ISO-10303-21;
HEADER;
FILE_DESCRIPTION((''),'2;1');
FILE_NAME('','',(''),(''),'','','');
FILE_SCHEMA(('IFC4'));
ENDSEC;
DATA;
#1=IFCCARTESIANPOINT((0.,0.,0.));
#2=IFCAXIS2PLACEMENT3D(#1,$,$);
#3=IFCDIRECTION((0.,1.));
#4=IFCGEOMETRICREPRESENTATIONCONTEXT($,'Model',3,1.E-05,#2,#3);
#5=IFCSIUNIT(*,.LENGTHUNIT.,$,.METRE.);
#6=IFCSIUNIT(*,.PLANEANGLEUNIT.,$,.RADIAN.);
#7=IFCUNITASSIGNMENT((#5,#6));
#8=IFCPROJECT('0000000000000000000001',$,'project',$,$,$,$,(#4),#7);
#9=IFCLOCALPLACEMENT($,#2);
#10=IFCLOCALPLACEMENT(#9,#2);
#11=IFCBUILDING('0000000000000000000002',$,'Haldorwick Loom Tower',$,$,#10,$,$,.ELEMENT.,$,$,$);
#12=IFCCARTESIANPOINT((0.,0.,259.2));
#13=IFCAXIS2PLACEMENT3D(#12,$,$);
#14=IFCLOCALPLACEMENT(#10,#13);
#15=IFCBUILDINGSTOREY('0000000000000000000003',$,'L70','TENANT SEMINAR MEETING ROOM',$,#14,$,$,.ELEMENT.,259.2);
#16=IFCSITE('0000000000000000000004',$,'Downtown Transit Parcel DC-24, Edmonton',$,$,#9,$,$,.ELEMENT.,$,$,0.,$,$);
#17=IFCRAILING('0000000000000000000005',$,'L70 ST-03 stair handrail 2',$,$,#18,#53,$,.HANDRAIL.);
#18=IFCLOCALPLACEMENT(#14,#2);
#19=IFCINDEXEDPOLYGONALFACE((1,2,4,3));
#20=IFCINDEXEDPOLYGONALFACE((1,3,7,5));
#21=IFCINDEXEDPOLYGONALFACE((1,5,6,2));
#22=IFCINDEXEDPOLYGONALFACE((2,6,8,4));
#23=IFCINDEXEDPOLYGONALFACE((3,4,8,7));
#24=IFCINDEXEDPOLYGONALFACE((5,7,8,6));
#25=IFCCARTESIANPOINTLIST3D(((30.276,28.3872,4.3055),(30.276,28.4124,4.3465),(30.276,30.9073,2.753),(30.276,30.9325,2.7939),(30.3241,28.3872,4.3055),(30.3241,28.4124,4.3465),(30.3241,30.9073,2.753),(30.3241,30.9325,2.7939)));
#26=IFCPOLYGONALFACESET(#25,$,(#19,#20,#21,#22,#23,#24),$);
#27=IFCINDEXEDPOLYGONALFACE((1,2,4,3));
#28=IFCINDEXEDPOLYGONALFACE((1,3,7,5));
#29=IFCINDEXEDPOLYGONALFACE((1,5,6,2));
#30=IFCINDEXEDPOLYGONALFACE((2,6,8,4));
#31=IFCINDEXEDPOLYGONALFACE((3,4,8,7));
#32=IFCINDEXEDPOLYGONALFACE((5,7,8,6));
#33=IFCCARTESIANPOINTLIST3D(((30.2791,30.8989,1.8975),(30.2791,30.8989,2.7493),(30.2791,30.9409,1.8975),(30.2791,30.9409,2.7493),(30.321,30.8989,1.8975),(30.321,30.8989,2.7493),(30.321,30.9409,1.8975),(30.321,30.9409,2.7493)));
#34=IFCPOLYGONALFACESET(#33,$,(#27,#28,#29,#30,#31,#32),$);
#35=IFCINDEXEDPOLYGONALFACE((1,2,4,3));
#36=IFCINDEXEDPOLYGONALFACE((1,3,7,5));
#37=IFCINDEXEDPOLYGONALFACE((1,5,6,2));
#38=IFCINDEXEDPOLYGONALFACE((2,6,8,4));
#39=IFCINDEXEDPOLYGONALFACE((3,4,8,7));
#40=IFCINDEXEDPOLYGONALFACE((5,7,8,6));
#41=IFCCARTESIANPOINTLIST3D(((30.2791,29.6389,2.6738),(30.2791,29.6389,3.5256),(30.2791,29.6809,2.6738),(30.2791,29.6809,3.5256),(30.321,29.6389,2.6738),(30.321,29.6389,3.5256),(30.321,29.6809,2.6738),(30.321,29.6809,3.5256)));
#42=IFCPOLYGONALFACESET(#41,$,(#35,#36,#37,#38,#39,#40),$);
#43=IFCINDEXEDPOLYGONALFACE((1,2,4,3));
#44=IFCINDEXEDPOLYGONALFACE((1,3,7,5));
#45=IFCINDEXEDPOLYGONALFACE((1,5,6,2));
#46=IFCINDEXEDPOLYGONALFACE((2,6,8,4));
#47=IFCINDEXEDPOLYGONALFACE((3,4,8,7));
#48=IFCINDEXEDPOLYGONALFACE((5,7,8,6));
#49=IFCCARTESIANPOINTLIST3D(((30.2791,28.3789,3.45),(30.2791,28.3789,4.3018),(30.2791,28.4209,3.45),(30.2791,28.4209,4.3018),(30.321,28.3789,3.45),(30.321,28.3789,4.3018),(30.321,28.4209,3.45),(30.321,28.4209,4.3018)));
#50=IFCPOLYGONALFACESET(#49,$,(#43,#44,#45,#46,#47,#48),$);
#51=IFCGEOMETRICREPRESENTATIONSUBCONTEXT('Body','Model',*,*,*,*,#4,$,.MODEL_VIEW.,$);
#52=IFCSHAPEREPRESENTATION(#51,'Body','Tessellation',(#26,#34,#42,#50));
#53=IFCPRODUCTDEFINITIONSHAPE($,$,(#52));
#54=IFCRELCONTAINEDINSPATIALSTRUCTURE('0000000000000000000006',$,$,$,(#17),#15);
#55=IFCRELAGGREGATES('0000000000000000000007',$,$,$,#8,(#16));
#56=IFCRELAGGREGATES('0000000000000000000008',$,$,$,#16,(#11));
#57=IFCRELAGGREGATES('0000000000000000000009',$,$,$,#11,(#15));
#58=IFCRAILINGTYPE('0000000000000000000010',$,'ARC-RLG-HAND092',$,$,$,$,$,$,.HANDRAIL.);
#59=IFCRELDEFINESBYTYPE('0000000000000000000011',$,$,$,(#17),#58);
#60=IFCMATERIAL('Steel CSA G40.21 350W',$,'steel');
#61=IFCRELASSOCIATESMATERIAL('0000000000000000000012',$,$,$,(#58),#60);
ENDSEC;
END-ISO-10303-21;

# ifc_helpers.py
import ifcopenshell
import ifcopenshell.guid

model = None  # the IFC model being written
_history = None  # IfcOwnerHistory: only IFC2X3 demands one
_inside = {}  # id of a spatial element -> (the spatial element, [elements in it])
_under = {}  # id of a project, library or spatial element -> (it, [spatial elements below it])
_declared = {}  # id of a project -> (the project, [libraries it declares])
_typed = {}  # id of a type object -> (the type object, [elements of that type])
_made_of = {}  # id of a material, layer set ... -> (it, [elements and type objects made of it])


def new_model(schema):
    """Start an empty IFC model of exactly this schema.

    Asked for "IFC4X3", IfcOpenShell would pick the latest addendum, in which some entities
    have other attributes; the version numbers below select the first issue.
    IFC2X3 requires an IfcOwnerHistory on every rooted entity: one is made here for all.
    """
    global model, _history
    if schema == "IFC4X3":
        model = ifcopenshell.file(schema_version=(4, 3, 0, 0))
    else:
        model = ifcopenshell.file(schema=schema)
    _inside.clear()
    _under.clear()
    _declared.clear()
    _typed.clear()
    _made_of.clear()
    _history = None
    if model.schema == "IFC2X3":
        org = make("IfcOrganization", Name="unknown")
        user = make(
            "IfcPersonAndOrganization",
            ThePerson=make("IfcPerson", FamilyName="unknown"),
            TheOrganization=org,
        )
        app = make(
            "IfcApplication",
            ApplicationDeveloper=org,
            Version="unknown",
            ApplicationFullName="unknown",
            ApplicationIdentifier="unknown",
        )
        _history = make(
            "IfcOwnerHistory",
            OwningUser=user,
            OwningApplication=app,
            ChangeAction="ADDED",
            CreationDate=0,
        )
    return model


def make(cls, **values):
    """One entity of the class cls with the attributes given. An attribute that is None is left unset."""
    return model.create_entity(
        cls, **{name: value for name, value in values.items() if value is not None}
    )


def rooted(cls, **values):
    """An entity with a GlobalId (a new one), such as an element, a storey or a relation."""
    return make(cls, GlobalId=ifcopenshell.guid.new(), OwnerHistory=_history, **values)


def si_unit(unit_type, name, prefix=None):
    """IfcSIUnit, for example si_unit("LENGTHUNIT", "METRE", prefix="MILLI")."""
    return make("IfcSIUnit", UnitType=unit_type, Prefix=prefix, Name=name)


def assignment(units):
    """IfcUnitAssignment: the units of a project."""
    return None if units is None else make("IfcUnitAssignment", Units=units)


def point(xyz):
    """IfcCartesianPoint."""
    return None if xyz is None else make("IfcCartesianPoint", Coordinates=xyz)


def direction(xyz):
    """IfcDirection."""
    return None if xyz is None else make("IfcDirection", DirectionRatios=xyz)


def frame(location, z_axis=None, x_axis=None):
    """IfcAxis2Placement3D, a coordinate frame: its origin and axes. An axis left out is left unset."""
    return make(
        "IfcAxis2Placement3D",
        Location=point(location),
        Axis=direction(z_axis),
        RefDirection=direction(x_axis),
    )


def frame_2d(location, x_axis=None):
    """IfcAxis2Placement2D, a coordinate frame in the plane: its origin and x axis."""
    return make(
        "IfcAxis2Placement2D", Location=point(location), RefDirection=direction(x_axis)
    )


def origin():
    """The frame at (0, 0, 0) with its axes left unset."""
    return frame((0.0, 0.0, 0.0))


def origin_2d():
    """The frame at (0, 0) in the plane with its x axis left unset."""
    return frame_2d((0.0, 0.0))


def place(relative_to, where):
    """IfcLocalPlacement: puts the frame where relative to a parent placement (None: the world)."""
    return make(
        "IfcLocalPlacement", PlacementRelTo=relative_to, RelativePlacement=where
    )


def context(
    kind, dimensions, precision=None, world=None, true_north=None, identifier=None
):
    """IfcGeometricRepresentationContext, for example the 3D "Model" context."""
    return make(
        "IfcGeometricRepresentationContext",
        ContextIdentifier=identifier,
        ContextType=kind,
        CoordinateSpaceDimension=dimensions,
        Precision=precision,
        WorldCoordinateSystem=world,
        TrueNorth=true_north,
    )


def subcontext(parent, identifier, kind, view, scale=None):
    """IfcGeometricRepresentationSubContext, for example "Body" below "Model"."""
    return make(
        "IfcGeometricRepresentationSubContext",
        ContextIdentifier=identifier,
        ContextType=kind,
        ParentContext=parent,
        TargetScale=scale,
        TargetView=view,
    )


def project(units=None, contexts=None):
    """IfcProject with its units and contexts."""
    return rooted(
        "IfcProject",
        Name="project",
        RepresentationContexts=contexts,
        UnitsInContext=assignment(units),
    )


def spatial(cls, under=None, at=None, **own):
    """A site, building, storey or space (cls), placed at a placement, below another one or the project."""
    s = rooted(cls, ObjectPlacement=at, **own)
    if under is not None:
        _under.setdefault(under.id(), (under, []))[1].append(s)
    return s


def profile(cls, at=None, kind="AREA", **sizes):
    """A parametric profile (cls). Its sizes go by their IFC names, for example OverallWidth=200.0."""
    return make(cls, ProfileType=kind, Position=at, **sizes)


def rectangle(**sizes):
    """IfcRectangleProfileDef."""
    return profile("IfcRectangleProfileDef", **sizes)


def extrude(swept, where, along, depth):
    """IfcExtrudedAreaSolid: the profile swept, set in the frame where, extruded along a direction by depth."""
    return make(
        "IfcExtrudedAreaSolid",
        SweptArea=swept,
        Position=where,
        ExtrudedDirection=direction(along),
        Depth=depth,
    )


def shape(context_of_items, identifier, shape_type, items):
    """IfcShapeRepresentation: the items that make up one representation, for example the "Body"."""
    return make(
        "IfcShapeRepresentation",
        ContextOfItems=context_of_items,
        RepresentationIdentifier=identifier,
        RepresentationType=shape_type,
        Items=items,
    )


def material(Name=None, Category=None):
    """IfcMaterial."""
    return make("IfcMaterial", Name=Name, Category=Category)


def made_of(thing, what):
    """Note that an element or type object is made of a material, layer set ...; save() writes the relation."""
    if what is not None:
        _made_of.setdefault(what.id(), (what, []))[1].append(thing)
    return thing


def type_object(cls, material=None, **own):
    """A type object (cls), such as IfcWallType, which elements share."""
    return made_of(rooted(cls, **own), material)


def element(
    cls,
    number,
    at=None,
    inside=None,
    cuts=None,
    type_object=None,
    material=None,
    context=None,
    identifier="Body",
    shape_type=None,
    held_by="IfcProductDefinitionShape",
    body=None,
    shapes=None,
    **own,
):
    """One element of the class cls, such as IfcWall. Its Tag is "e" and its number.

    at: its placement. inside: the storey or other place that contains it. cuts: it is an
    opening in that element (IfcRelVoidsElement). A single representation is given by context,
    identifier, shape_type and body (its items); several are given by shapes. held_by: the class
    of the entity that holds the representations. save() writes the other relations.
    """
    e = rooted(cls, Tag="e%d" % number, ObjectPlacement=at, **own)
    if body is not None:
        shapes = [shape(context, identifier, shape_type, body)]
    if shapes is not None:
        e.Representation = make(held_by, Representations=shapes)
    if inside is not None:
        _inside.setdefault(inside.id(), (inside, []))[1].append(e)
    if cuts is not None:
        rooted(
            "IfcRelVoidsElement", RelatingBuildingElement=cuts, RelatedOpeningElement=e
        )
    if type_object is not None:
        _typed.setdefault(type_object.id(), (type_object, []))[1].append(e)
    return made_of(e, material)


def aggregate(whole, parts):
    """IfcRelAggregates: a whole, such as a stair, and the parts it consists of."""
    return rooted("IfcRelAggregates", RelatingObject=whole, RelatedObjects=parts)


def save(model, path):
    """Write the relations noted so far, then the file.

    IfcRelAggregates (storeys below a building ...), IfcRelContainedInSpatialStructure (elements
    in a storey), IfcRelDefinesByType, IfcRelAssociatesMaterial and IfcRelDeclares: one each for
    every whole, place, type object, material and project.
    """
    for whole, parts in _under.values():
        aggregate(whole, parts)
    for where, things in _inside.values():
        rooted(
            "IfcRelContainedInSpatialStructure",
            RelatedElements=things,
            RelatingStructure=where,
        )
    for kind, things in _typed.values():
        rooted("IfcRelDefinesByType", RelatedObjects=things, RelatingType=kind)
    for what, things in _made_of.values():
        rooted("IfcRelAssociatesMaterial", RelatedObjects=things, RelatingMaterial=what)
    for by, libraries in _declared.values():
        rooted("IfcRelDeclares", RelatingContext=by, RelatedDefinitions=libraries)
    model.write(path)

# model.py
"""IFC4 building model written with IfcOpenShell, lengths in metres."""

from ifc_helpers import new_model, si_unit, direction, frame, origin, origin_2d, place, context, subcontext, project, spatial, rectangle, extrude, material, type_object, element, save


model = new_model("IFC4")

# Units and contexts
model_context = context("Model", 3, precision=1e-05, world=origin(), true_north=direction((0.0, 1.0)))
body_context = subcontext(model_context, "Body", "Model", "MODEL_VIEW")
ifc_project = project(units=[si_unit("LENGTHUNIT", "METRE"), si_unit("PLANEANGLEUNIT", "RADIAN")], contexts=[model_context])

# Site, building, storey
site_placement = place(None, origin())
site = spatial("IfcSite", under=ifc_project, at=site_placement, Name="Downtown Transit Parcel DC-24, Edmonton", CompositionType="ELEMENT", RefElevation=0.0)
building_placement = place(site_placement, origin())
building = spatial("IfcBuilding", under=site, at=building_placement, Name="Haldorwick Loom Tower", CompositionType="ELEMENT")
storey_placement = place(building_placement, frame((0.0, 0.0, 259.2)))
storey = spatial("IfcBuildingStorey", under=building, at=storey_placement, Name="L70", Description="TENANT SEMINAR MEETING ROOM", CompositionType="ELEMENT", Elevation=259.2)

# Shared definitions
ifc_material_1 = material(Name="Steel CSA G40.21 350W", Category="steel")

# Railing
railing_type_1 = type_object("IfcRailingType", Name="ARC-RLG-HAND092", PredefinedType="HANDRAIL", material=ifc_material_1)
railing_1_placement = place(storey_placement, frame((30.3, 30.9199, 1.8975)))
element("IfcRailing", 1, at=railing_1_placement, inside=storey, type_object=railing_type_1, Name="L70 ST-03 stair handrail 2", PredefinedType="HANDRAIL", context=body_context, shape_type="SweptSolid", body=[
    extrude(rectangle(XDim=0.0481, YDim=0.0481, at=origin_2d()), frame((0.0, 0.0, 0.876), z_axis=(0.0, -0.8514, 0.524516), x_axis=(1.0, 0.0, 0.0)), (0.0, 0.0, 1.0), 2.96),
    extrude(rectangle(XDim=0.042, YDim=0.042, at=origin_2d()), origin(), (0.0, 0.0, 1.0), 0.8518),
    extrude(rectangle(XDim=0.042, YDim=0.042, at=origin_2d()), frame((0.0, -1.26, 0.7764)), (0.0, 0.0, 1.0), 0.8518),
    extrude(rectangle(XDim=0.042, YDim=0.042, at=origin_2d()), frame((0.0, -2.52, 1.5525)), (0.0, 0.0, 1.0), 0.8518),
])

save(model, "model.ifc")
